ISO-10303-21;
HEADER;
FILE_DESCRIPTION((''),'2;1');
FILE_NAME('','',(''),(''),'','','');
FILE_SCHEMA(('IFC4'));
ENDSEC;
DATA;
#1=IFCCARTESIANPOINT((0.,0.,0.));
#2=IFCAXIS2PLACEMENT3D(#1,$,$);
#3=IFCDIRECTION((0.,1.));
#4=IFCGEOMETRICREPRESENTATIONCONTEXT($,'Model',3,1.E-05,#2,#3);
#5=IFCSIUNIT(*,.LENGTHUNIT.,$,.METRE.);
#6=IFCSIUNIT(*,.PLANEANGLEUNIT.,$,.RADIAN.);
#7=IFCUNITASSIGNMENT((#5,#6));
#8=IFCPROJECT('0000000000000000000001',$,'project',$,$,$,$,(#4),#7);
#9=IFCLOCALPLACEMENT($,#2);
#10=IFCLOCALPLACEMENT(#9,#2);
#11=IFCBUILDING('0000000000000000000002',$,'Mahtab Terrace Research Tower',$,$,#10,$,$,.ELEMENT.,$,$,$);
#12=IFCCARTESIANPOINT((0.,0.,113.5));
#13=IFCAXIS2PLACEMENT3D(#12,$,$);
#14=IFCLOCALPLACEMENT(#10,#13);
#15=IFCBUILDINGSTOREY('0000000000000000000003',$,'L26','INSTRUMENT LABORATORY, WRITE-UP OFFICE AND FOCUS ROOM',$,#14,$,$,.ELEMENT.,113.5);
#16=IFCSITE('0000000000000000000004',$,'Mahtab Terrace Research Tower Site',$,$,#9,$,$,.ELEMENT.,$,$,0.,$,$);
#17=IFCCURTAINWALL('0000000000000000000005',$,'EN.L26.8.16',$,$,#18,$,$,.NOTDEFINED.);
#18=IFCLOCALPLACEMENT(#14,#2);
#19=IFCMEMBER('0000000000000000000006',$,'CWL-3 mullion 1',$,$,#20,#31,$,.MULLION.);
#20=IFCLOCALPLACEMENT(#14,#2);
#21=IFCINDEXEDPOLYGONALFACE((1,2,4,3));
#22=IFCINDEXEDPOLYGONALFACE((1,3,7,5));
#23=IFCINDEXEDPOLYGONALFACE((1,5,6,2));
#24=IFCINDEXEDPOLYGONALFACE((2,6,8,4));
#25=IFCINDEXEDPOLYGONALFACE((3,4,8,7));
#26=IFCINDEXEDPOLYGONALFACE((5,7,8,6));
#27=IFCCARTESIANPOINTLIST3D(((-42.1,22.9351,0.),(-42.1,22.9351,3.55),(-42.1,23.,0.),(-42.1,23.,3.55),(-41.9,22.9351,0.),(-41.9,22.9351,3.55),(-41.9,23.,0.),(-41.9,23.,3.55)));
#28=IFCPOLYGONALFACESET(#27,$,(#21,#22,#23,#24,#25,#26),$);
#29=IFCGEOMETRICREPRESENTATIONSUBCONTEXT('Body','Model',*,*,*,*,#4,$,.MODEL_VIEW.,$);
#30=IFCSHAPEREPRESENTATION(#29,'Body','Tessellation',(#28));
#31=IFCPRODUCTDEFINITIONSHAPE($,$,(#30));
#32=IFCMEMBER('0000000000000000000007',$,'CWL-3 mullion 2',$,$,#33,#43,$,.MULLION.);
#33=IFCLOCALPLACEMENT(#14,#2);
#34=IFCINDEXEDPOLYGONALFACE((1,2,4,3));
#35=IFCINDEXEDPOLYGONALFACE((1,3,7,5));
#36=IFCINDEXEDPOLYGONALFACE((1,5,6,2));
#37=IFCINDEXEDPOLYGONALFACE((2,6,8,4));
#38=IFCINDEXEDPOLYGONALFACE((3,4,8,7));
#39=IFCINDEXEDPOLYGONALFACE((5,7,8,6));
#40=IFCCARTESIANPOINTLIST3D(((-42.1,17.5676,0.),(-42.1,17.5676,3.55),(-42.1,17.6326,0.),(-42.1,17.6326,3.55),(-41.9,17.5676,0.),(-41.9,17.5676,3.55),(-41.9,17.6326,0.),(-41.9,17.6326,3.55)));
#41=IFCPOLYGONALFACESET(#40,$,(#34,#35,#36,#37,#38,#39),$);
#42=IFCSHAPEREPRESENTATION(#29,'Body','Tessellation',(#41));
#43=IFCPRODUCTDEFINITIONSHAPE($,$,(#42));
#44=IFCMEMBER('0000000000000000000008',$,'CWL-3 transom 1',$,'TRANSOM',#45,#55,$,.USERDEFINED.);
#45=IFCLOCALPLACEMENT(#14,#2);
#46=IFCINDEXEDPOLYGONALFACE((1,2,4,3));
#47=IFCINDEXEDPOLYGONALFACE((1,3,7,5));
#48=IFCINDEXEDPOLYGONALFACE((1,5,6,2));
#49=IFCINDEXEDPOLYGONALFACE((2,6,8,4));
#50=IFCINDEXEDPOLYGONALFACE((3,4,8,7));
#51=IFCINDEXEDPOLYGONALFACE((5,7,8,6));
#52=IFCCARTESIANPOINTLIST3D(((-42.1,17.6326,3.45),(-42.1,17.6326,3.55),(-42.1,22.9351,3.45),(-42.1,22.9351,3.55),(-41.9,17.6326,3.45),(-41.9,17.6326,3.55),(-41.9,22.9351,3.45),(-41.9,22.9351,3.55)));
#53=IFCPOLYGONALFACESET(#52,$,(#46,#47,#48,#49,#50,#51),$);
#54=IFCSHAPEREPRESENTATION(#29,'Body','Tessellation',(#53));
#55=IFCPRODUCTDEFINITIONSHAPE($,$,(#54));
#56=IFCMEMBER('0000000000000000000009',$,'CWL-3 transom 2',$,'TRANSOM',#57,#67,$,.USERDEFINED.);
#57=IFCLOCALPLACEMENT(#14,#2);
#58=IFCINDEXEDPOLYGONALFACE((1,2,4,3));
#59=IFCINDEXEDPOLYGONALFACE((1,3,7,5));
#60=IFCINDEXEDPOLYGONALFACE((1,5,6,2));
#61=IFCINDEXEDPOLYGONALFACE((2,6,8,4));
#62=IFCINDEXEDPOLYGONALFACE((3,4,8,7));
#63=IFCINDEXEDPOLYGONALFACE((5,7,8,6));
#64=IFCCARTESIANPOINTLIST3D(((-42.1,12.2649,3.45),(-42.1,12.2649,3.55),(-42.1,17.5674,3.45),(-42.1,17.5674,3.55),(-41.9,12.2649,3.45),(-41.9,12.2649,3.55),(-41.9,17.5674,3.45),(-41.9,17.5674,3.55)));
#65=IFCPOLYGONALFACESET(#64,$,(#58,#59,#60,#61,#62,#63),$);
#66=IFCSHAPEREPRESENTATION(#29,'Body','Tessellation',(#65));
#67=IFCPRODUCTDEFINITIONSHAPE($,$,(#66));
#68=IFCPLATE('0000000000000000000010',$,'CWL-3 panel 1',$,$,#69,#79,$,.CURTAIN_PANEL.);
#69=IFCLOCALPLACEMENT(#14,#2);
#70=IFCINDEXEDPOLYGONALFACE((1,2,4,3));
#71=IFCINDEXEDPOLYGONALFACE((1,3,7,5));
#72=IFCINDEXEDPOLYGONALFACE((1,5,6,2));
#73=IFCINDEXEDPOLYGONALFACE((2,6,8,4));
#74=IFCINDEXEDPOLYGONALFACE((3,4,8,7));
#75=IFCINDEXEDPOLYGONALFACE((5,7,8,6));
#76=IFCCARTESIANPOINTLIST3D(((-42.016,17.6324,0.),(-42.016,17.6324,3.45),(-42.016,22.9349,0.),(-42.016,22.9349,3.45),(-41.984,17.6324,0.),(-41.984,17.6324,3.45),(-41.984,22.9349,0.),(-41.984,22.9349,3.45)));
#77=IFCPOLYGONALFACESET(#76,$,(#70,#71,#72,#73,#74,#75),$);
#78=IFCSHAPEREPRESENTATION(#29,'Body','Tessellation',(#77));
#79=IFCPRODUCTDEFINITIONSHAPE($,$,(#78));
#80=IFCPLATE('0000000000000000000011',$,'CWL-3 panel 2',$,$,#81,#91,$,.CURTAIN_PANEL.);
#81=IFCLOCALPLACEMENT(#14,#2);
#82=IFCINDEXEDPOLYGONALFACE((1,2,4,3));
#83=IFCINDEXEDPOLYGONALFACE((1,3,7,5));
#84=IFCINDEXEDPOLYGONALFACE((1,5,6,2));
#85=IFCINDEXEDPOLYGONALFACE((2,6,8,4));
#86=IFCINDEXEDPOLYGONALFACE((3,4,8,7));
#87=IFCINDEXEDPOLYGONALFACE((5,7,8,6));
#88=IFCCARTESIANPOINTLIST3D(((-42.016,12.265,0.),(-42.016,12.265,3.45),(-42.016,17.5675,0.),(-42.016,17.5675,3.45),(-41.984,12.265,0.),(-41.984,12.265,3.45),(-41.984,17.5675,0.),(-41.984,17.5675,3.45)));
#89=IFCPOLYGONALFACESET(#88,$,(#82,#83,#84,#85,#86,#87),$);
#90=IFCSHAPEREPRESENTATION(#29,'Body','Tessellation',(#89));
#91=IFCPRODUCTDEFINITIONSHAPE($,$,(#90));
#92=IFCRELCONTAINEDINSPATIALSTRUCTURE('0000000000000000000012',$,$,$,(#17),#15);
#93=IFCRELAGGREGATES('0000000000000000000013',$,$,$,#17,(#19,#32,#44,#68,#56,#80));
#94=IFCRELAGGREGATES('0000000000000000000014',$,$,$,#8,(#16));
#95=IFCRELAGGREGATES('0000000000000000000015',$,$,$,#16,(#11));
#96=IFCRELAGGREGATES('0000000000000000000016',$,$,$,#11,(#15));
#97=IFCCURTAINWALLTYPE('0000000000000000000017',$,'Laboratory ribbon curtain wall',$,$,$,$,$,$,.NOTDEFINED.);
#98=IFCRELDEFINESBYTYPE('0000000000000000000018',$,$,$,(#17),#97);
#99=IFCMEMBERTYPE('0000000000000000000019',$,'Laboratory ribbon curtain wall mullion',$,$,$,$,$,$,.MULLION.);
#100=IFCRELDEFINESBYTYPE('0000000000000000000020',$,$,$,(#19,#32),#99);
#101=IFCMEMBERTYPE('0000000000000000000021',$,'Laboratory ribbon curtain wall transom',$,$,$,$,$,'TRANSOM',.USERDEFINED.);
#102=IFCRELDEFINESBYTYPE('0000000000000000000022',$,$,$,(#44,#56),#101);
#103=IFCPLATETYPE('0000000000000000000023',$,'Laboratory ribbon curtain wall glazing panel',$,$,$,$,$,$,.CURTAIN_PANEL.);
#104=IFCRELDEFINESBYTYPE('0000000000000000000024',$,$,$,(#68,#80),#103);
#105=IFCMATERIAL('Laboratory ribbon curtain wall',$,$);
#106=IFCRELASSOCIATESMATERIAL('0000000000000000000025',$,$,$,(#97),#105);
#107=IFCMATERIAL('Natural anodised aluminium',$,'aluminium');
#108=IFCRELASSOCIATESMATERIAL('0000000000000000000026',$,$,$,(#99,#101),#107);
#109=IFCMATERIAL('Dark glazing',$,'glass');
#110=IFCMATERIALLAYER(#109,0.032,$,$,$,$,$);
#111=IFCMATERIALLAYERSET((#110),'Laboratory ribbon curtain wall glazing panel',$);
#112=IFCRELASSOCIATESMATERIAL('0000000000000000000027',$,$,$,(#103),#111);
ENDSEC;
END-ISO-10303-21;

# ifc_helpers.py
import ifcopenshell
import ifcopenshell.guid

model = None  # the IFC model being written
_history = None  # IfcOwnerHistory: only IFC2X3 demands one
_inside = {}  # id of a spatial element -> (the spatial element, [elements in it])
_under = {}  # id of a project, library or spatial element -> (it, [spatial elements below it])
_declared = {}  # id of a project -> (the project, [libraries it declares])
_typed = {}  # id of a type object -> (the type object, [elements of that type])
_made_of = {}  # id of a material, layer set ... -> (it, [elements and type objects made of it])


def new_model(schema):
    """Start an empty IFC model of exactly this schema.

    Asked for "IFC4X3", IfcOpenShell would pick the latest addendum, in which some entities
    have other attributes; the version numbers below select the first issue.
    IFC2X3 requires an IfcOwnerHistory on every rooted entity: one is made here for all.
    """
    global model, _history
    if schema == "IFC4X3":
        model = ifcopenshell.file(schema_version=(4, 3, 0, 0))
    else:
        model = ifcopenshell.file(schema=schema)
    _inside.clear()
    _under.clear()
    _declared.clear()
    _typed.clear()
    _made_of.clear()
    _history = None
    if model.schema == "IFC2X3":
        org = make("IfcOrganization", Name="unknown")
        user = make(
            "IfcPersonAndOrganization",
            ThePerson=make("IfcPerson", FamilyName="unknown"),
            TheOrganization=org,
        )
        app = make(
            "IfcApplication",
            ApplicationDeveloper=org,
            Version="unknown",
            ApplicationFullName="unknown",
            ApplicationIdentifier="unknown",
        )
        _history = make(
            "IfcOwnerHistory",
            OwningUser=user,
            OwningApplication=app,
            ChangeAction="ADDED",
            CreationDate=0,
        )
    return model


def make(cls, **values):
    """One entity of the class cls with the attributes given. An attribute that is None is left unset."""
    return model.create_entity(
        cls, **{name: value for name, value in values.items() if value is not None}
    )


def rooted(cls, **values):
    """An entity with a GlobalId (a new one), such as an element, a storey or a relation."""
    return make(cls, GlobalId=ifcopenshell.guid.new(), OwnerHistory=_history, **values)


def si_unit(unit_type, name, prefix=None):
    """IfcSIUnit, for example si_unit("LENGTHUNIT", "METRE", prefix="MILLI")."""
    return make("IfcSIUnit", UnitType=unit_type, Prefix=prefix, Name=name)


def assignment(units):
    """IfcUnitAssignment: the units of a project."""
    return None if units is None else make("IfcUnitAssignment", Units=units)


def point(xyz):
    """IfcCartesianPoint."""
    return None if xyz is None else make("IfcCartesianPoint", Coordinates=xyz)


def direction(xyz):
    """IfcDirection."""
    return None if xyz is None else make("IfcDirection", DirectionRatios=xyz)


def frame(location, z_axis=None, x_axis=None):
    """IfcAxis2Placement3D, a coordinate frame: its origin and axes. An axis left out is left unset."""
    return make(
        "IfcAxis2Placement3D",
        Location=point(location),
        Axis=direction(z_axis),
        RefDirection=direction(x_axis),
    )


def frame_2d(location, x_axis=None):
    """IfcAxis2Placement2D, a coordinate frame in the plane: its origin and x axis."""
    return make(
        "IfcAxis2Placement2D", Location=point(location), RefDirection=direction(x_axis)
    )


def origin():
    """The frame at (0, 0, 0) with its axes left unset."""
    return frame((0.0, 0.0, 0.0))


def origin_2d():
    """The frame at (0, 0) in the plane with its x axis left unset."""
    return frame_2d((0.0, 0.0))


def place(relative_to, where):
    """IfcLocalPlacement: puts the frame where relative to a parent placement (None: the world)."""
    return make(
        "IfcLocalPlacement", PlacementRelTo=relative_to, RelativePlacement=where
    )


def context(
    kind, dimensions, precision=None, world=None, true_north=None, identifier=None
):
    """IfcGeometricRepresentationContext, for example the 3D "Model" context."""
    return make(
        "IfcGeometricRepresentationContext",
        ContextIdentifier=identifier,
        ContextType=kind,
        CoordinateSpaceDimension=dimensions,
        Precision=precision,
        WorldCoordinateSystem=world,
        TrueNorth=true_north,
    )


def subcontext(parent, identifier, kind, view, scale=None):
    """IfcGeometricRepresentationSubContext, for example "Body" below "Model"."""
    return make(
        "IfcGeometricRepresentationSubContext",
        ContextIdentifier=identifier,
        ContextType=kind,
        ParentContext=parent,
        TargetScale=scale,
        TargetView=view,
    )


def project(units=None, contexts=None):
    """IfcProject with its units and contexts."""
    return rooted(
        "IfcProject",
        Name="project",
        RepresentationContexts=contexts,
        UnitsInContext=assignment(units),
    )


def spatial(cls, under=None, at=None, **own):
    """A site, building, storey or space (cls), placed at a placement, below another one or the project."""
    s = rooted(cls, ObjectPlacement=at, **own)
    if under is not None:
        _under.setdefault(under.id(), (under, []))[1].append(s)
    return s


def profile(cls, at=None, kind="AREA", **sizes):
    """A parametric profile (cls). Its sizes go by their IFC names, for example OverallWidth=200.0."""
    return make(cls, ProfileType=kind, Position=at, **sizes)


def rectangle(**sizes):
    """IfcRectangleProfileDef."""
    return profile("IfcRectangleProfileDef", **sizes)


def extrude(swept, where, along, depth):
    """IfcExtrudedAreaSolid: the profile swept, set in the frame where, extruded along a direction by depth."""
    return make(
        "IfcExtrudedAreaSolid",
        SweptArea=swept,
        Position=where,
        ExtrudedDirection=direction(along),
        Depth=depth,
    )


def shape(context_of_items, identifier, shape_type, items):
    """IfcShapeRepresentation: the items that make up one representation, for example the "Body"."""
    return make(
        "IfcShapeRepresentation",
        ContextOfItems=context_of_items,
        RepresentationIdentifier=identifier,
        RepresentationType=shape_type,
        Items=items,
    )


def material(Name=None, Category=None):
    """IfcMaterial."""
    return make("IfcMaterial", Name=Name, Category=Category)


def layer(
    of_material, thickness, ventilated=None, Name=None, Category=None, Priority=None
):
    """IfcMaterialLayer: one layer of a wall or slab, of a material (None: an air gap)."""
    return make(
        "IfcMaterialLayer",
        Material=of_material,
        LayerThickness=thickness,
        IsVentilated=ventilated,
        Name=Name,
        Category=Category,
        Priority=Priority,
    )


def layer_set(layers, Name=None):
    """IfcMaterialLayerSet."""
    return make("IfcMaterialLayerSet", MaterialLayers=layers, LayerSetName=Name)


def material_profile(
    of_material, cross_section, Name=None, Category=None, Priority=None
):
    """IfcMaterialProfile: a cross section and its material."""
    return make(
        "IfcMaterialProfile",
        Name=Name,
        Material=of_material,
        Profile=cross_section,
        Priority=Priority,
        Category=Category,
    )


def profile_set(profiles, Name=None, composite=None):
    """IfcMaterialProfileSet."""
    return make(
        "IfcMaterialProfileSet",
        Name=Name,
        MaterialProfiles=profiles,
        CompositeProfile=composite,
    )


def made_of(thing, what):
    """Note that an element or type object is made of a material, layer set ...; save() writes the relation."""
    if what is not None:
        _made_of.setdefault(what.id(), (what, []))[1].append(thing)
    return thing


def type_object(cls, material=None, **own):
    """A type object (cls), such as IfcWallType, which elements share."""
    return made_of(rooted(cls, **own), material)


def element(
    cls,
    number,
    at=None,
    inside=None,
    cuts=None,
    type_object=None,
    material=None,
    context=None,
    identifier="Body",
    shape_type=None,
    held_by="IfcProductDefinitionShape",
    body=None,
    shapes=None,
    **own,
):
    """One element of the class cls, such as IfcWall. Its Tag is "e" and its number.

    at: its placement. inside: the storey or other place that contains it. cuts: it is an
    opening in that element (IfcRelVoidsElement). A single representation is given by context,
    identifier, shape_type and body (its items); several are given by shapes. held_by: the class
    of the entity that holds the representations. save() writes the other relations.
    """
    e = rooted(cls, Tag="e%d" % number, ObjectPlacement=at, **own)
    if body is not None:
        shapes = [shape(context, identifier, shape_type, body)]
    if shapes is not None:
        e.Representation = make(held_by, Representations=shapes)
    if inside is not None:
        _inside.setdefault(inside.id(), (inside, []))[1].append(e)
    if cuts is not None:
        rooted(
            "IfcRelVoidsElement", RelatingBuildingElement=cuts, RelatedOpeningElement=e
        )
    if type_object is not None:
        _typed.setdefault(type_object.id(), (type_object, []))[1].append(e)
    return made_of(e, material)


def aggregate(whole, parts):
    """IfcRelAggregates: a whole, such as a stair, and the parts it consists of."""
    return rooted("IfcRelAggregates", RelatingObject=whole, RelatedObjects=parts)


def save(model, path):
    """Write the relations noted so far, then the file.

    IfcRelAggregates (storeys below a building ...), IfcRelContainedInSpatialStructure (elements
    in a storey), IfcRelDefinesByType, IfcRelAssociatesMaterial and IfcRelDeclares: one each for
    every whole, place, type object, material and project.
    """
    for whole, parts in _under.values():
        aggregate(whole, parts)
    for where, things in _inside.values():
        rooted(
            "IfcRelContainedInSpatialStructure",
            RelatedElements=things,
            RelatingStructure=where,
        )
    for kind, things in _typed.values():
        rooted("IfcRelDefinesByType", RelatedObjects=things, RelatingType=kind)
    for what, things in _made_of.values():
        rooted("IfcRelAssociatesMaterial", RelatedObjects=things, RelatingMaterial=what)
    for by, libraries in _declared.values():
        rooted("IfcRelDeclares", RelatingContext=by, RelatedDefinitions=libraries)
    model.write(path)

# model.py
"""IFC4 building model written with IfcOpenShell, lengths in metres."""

from ifc_helpers import new_model, si_unit, direction, frame, origin, origin_2d, place, context, subcontext, project, spatial, rectangle, extrude, material, layer, layer_set, material_profile, profile_set, type_object, element, aggregate, save


model = new_model("IFC4")

# Units and contexts
model_context = context("Model", 3, precision=1e-05, world=origin(), true_north=direction((0.0, 1.0)))
body_context = subcontext(model_context, "Body", "Model", "MODEL_VIEW")
ifc_project = project(units=[si_unit("LENGTHUNIT", "METRE"), si_unit("PLANEANGLEUNIT", "RADIAN")], contexts=[model_context])

# Site, building, storey
site_placement = place(None, origin())
site = spatial("IfcSite", under=ifc_project, at=site_placement, Name="Mahtab Terrace Research Tower Site", CompositionType="ELEMENT", RefElevation=0.0)
building_placement = place(site_placement, origin())
building = spatial("IfcBuilding", under=site, at=building_placement, Name="Mahtab Terrace Research Tower", CompositionType="ELEMENT")
storey_placement = place(building_placement, frame((0.0, 0.0, 113.5)))
storey = spatial("IfcBuildingStorey", under=building, at=storey_placement, Name="L26", Description="INSTRUMENT LABORATORY, WRITE-UP OFFICE AND FOCUS ROOM", CompositionType="ELEMENT", Elevation=113.5)

# Curtain wall, members, plates
ifc_material_1 = material(Name="Laboratory ribbon curtain wall")
curtain_wall_type = type_object("IfcCurtainWallType", Name="Laboratory ribbon curtain wall", PredefinedType="NOTDEFINED", material=ifc_material_1)
curtain_wall_placement = place(storey_placement, origin())
curtain_wall = element("IfcCurtainWall", 1, at=curtain_wall_placement, inside=storey, type_object=curtain_wall_type, Name="EN.L26.8.16", PredefinedType="NOTDEFINED")
ifc_material_2 = material(Name="Natural anodised aluminium", Category="aluminium")
ifc_material_profile_1 = material_profile(ifc_material_2, rectangle(XDim=0.2, YDim=0.0649, at=origin_2d()), Name="MULLION 65x200")
ifc_profile_set_1 = profile_set([ifc_material_profile_1], Name="Natural anodised aluminium")
member_type_1 = type_object("IfcMemberType", Name="Laboratory ribbon curtain wall mullion", PredefinedType="MULLION", material=ifc_profile_set_1)
member_1_placement = place(storey_placement, frame((-42.0, 22.9675, 0.0), z_axis=(0.0, 0.0, 1.0), x_axis=(1.0, 0.0, 0.0)))
member_1 = element("IfcMember", 2, at=member_1_placement, type_object=member_type_1, Name="CWL-3 mullion 1", PredefinedType="MULLION", context=body_context, shape_type="SweptSolid", body=[
    extrude(rectangle(XDim=0.2, YDim=0.0649, at=origin_2d()), origin(), (0.0, 0.0, 1.0), 3.55),
])
member_2_placement = place(storey_placement, frame((-42.0, 17.6001, 0.0), z_axis=(0.0, 0.0, 1.0), x_axis=(1.0, 0.0, 0.0)))
member_2 = element("IfcMember", 3, at=member_2_placement, type_object=member_type_1, Name="CWL-3 mullion 2", PredefinedType="MULLION", context=body_context, shape_type="SweptSolid", body=[
    extrude(rectangle(XDim=0.2, YDim=0.0649, at=origin_2d()), origin(), (0.0, 0.0, 1.0), 3.55),
])
ifc_material_profile_2 = material_profile(ifc_material_2, rectangle(XDim=0.2, YDim=0.1001, at=origin_2d()), Name="TRANSOM 100x200")
ifc_profile_set_2 = profile_set([ifc_material_profile_2], Name="Natural anodised aluminium")
member_type_2 = type_object("IfcMemberType", Name="Laboratory ribbon curtain wall transom", ElementType="TRANSOM", PredefinedType="USERDEFINED", material=ifc_profile_set_2)
member_3_placement = place(storey_placement, frame((-42.0, 22.9351, 3.5), z_axis=(0.0, -1.0, 0.0), x_axis=(1.0, 0.0, 0.0)))
member_3 = element("IfcMember", 4, at=member_3_placement, type_object=member_type_2, Name="CWL-3 transom 1", ObjectType="TRANSOM", PredefinedType="USERDEFINED", context=body_context, shape_type="SweptSolid", body=[
    extrude(rectangle(XDim=0.2, YDim=0.1001, at=origin_2d()), origin(), (0.0, 0.0, 1.0), 5.3025),
])
member_4_placement = place(storey_placement, frame((-42.0, 17.5674, 3.5), z_axis=(0.0, -1.0, 0.0), x_axis=(1.0, 0.0, 0.0)))
member_4 = element("IfcMember", 5, at=member_4_placement, type_object=member_type_2, Name="CWL-3 transom 2", ObjectType="TRANSOM", PredefinedType="USERDEFINED", context=body_context, shape_type="SweptSolid", body=[
    extrude(rectangle(XDim=0.2, YDim=0.1001, at=origin_2d()), origin(), (0.0, 0.0, 1.0), 5.3025),
])
ifc_material_3 = material(Name="Dark glazing", Category="glass")
ifc_layer = layer(ifc_material_3, 0.032)
ifc_layer_set = layer_set([ifc_layer], Name="Laboratory ribbon curtain wall glazing panel")
plate_type = type_object("IfcPlateType", Name="Laboratory ribbon curtain wall glazing panel", PredefinedType="CURTAIN_PANEL", material=ifc_layer_set)
plate_1_placement = place(storey_placement, frame((-42.0, 20.2837, 0.0), z_axis=(0.0, 0.0, 1.0), x_axis=(0.0, -1.0, 0.0)))
plate_1 = element("IfcPlate", 6, at=plate_1_placement, type_object=plate_type, Name="CWL-3 panel 1", PredefinedType="CURTAIN_PANEL", context=body_context, shape_type="SweptSolid", body=[
    extrude(rectangle(XDim=5.3025, YDim=0.032, at=origin_2d()), origin(), (0.0, 0.0, 1.0), 3.45),
])
plate_2_placement = place(storey_placement, frame((-42.0, 14.9163, 0.0), z_axis=(0.0, 0.0, 1.0), x_axis=(0.0, -1.0, 0.0)))
plate_2 = element("IfcPlate", 7, at=plate_2_placement, type_object=plate_type, Name="CWL-3 panel 2", PredefinedType="CURTAIN_PANEL", context=body_context, shape_type="SweptSolid", body=[
    extrude(rectangle(XDim=5.3025, YDim=0.032, at=origin_2d()), origin(), (0.0, 0.0, 1.0), 3.45),
])
aggregate(curtain_wall, [member_1, member_2, member_3, plate_1, member_4, plate_2])

save(model, "model.ifc")
